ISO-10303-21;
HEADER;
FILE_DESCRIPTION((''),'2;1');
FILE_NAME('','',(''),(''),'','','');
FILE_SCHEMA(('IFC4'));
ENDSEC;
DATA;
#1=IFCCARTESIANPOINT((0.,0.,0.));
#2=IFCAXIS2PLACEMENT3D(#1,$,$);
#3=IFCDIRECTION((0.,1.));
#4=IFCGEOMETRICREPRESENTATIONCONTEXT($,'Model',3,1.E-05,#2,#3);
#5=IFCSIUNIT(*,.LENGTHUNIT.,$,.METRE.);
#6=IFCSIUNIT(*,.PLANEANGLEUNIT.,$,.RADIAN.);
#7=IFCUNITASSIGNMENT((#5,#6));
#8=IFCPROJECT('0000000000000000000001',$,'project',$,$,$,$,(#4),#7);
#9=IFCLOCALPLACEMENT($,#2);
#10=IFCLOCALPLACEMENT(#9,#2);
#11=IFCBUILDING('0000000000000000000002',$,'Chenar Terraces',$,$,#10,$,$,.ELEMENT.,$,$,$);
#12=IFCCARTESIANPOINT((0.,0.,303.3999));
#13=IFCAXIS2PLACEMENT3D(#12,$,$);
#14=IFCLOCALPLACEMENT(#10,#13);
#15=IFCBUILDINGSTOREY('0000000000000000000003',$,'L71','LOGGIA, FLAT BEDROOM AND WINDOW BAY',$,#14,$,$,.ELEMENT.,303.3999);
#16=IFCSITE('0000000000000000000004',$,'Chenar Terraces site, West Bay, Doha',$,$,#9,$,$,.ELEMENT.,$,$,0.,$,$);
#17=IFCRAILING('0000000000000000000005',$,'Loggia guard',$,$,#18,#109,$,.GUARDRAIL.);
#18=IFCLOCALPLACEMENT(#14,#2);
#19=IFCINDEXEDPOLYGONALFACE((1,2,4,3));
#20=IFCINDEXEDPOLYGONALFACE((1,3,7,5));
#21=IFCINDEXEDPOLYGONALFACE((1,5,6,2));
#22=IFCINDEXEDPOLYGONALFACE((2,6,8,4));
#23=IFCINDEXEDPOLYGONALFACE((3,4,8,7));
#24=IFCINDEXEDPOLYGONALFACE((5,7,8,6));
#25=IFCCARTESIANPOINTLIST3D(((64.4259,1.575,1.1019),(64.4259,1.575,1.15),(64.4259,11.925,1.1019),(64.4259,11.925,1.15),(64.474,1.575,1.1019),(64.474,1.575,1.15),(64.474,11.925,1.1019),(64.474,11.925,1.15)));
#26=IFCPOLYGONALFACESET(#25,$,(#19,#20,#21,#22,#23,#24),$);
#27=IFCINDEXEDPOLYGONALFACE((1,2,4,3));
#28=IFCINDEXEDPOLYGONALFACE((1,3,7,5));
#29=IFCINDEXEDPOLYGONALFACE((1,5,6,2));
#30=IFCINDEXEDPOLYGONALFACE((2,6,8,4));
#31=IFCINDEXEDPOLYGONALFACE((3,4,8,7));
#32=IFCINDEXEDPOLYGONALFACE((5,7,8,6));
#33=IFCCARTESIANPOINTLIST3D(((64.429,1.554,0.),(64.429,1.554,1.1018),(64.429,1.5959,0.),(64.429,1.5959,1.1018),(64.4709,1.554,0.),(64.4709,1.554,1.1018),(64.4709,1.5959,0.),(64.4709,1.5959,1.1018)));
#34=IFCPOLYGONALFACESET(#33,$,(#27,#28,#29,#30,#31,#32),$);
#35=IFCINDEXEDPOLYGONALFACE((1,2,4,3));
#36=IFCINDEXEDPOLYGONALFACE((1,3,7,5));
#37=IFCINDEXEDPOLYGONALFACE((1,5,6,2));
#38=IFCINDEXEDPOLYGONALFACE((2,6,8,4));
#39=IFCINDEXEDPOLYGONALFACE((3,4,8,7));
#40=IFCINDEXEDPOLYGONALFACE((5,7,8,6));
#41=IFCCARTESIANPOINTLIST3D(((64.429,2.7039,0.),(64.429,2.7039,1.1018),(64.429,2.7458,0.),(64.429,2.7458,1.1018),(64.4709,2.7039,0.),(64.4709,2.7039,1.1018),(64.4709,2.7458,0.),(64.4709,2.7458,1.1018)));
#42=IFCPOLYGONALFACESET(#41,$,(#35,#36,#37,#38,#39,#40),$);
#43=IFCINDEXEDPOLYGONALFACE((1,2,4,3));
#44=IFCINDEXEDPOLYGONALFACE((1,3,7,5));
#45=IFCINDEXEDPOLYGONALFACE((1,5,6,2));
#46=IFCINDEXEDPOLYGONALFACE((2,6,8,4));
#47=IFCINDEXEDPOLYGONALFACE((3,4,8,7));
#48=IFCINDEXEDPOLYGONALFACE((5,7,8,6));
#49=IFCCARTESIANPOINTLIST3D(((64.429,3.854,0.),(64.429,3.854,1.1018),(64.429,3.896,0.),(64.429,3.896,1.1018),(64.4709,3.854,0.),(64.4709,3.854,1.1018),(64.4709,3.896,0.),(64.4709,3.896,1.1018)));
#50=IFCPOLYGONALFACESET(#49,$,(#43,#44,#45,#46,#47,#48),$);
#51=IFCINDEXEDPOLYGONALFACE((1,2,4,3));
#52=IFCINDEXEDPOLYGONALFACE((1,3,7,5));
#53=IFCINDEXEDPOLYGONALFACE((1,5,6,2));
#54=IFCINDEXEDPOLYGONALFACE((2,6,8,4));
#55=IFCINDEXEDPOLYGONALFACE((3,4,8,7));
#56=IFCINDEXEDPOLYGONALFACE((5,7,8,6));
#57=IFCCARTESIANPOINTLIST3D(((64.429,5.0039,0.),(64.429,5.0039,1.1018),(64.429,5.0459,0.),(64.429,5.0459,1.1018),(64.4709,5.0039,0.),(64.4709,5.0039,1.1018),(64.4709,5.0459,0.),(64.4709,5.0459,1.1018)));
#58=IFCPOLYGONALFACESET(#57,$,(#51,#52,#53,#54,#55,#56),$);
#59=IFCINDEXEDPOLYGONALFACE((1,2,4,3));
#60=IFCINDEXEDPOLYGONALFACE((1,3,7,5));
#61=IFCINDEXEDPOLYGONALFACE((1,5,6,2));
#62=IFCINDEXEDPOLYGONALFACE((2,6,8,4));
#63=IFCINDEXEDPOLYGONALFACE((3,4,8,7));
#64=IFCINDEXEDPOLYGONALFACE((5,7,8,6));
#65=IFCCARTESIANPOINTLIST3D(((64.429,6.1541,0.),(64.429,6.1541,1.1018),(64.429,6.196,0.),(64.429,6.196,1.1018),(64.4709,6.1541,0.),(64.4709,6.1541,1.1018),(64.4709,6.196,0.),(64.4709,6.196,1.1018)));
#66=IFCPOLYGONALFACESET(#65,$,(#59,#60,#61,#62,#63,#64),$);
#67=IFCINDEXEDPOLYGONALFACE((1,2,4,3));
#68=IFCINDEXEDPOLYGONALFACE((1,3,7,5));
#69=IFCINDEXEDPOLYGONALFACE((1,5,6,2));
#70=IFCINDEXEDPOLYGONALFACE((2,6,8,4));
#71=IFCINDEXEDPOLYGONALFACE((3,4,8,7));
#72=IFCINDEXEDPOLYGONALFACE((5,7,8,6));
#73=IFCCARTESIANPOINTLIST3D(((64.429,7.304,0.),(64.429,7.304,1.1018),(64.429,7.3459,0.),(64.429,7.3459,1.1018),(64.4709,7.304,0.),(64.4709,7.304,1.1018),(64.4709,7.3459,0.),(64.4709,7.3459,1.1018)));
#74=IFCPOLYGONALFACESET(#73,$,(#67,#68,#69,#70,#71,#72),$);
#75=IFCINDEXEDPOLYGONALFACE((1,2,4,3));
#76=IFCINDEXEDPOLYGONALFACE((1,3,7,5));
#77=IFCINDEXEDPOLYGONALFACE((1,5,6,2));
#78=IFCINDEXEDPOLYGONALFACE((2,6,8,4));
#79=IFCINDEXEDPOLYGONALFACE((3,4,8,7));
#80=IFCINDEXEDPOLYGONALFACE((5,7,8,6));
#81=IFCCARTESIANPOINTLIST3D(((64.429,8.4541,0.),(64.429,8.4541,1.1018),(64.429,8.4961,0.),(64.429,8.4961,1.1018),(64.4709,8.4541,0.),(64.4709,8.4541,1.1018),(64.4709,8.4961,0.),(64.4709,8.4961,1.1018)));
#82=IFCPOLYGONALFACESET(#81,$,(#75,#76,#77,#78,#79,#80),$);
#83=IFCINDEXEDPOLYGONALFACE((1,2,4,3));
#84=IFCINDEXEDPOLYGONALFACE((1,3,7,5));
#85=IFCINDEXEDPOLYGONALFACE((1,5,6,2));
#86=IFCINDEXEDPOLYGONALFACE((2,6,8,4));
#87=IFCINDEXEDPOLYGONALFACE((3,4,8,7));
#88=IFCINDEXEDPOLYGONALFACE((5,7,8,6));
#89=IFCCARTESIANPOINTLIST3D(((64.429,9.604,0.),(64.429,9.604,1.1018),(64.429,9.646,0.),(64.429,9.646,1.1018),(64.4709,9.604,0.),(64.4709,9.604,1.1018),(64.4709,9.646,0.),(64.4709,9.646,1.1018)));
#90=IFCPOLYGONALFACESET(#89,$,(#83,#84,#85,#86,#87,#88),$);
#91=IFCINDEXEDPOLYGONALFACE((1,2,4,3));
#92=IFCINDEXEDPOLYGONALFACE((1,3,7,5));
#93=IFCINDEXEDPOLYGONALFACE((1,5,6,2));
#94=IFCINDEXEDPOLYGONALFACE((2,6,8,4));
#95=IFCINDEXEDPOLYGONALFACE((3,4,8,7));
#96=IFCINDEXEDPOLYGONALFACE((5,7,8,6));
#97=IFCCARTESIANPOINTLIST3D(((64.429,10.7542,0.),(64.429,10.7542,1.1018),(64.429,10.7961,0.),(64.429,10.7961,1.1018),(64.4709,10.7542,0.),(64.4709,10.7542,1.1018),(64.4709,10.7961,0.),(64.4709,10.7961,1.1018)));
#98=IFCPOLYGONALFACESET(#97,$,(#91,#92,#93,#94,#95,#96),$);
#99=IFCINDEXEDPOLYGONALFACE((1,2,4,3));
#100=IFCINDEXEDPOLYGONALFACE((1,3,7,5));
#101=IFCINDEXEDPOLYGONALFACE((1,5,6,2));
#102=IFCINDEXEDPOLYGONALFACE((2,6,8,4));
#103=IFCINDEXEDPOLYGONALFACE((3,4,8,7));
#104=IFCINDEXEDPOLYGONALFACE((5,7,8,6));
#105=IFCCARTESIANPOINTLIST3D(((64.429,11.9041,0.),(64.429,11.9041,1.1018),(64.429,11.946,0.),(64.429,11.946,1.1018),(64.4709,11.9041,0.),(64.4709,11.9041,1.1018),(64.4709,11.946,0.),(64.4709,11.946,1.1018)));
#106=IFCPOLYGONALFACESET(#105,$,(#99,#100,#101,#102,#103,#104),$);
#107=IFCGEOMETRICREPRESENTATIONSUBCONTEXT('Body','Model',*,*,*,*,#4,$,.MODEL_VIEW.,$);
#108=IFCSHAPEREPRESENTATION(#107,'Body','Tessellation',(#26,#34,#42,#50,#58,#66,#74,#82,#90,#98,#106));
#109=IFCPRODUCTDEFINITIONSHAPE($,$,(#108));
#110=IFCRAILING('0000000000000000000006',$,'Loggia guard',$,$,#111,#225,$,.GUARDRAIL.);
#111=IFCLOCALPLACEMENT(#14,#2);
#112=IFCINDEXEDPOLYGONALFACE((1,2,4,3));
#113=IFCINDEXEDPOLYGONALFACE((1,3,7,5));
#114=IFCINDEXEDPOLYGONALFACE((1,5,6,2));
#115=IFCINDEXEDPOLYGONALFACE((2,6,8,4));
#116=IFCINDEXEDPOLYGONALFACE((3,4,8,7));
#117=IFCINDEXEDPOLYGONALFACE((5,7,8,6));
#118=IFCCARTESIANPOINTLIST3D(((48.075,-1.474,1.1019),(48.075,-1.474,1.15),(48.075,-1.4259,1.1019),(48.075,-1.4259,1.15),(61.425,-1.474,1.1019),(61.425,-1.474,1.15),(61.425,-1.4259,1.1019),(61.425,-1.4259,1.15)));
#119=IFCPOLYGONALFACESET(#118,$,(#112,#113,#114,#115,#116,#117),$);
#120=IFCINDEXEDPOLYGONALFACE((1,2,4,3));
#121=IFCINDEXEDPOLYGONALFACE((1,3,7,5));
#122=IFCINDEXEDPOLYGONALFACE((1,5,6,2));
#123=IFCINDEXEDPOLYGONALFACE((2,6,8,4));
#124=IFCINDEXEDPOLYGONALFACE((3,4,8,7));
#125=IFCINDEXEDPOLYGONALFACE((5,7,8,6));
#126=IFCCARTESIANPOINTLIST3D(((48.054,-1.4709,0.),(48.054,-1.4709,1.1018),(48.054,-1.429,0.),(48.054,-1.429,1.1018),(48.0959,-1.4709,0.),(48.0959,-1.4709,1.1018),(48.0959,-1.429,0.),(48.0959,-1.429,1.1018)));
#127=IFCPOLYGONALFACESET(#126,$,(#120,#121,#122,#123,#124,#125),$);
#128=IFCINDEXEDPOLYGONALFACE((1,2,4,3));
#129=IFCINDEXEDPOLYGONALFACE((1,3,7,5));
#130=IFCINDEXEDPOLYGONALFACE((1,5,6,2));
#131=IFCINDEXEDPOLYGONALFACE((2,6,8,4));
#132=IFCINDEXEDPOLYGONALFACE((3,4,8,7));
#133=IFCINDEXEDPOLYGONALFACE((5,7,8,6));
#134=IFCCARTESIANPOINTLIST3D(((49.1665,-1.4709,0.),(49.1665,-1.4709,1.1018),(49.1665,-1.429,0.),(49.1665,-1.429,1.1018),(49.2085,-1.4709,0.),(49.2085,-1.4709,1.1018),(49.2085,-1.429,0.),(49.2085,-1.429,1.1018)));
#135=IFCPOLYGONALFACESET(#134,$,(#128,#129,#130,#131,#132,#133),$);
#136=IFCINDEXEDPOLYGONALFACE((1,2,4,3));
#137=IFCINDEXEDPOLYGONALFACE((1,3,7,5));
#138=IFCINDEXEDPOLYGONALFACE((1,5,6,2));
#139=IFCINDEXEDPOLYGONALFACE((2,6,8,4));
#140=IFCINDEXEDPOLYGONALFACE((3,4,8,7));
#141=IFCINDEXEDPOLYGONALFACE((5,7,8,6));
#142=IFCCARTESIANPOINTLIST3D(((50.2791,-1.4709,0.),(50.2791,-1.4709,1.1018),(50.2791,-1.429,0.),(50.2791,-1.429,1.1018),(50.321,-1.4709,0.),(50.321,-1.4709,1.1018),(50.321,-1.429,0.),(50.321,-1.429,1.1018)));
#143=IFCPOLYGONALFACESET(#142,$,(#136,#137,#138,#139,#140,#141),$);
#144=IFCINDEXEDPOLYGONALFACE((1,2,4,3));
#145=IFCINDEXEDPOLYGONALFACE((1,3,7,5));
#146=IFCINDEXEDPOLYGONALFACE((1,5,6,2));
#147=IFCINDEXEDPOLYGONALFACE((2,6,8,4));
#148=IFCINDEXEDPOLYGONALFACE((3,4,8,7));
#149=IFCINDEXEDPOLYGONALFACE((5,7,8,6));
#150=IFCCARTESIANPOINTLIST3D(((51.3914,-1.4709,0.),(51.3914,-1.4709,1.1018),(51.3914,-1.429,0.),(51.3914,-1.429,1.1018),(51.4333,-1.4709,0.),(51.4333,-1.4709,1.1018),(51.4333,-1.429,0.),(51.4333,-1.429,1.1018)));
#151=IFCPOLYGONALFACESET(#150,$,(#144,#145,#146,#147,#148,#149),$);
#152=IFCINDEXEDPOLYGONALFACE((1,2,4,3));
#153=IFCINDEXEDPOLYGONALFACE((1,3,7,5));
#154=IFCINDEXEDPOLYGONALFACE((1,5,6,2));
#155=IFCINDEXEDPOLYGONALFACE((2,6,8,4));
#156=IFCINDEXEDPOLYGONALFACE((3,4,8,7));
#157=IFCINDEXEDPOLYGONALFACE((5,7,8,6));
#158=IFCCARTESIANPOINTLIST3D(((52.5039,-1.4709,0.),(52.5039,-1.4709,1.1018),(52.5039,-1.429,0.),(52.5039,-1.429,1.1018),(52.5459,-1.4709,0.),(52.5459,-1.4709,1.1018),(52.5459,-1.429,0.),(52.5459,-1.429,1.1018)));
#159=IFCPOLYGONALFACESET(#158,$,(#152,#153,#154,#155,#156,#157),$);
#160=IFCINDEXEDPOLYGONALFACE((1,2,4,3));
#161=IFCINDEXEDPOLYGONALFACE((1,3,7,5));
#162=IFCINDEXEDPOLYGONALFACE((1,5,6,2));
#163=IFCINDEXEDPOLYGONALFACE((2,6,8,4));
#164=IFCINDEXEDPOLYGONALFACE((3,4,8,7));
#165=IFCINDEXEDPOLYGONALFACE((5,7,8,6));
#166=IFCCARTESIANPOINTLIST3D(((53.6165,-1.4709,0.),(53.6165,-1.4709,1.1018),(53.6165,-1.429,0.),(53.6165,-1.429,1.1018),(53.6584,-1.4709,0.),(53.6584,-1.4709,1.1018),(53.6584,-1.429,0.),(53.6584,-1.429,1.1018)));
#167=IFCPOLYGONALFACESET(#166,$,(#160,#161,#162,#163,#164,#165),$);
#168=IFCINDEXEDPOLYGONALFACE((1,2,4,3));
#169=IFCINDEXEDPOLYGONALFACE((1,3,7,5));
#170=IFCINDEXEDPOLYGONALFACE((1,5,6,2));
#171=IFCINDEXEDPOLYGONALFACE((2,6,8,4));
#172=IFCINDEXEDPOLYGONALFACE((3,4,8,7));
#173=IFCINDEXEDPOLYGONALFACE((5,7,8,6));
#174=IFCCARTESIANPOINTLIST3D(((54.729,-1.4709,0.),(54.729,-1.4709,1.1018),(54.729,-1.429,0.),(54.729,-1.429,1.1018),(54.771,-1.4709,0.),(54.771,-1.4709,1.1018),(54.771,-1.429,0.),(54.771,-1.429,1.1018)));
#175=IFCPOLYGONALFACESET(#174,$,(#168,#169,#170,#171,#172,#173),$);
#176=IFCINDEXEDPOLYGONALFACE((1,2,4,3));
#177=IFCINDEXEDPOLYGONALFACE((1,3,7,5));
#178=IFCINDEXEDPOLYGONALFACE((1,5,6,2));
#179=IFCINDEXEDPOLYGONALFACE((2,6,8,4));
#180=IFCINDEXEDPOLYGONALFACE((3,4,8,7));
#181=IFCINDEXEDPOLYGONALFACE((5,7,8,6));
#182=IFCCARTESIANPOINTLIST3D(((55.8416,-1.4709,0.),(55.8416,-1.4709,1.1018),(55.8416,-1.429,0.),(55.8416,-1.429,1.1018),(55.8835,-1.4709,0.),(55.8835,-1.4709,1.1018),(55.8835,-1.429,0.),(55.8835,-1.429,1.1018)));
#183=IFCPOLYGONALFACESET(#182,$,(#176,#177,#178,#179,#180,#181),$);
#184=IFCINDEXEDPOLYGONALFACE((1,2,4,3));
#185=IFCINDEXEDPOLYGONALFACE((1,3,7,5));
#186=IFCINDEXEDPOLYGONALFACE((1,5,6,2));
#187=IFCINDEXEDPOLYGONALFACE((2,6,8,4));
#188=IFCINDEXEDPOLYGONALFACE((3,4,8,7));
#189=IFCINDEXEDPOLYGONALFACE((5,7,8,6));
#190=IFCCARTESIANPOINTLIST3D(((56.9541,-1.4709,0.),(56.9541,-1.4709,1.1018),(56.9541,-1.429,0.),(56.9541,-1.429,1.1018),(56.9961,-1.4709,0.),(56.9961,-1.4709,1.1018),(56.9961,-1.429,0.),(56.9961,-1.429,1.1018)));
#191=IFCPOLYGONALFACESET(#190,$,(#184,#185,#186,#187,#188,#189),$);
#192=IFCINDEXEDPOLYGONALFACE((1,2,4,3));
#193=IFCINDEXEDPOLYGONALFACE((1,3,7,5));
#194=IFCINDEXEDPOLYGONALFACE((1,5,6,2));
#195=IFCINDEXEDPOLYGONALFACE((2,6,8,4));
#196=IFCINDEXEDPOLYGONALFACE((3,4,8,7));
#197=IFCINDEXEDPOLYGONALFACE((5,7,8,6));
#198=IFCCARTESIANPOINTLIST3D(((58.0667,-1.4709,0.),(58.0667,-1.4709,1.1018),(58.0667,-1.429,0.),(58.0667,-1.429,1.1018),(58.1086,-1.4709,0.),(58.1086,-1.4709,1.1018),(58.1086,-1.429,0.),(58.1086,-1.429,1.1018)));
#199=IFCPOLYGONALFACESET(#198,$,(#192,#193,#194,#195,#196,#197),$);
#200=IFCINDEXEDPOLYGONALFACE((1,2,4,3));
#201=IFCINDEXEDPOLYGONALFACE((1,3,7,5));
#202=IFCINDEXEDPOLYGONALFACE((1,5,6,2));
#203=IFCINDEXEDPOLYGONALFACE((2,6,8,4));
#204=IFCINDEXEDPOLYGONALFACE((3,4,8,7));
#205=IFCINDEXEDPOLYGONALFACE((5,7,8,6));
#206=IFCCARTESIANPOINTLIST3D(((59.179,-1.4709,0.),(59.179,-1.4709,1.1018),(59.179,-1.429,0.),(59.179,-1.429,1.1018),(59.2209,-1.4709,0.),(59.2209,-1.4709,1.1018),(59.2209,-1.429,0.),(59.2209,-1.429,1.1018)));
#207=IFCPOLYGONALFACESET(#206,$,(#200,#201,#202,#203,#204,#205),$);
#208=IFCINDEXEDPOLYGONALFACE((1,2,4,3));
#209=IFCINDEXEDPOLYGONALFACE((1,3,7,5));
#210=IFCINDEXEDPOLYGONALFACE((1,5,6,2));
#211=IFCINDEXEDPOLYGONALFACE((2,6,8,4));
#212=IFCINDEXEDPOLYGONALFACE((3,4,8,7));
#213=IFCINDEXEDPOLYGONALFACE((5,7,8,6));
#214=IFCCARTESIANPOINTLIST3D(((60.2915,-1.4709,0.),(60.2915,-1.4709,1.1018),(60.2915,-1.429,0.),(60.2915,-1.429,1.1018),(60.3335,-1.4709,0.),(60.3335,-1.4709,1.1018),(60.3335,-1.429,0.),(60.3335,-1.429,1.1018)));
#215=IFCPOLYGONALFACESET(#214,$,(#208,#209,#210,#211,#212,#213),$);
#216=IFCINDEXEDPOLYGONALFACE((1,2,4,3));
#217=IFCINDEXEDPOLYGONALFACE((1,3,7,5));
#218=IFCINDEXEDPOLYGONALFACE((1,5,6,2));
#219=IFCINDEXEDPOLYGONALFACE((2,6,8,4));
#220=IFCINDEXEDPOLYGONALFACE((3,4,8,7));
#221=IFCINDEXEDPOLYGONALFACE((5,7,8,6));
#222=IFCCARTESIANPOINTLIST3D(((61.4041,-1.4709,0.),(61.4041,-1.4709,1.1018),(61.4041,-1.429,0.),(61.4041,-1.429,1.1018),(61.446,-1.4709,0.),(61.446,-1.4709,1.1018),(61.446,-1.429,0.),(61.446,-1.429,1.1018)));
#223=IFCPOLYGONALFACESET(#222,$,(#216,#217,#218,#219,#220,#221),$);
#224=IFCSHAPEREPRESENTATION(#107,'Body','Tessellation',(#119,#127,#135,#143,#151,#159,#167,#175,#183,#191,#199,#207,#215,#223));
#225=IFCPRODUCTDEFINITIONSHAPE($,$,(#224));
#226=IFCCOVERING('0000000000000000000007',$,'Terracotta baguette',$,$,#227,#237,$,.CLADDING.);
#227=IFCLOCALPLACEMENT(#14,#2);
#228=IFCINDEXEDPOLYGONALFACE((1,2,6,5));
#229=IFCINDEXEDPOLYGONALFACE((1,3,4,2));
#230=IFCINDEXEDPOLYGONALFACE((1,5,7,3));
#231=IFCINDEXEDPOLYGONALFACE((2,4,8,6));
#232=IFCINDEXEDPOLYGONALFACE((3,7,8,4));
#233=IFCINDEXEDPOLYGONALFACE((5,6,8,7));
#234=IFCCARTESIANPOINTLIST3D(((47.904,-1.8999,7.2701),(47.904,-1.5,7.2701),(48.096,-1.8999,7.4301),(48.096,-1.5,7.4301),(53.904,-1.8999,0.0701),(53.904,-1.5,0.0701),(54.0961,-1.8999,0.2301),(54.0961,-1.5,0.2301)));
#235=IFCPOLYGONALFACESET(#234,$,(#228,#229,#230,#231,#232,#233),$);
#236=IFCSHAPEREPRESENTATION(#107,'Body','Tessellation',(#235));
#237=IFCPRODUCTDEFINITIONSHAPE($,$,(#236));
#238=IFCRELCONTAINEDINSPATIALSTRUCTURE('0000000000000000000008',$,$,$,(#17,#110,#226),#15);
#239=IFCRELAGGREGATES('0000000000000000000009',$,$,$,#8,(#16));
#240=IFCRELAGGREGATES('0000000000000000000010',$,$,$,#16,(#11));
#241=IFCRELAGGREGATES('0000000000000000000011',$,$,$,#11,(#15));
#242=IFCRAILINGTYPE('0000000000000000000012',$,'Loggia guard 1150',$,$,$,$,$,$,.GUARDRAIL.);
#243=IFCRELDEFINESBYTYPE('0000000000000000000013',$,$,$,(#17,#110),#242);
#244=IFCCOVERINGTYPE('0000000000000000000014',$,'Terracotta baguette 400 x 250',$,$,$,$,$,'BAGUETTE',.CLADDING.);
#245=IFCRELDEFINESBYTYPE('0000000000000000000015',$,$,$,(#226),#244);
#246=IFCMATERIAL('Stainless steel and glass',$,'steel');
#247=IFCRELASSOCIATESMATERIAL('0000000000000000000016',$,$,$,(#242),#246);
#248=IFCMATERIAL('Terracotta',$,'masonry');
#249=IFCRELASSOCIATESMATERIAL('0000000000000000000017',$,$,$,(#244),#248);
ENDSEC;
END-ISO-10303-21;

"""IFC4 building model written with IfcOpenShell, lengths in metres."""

from ifc_helpers import new_model, si_unit, direction, frame, origin, origin_2d, place, context, subcontext, project, spatial, rectangle, extrude, material, material_profile, profile_set, type_object, element, save


model = new_model("IFC4")

# Units and contexts
model_context = context("Model", 3, precision=1e-05, world=origin(), true_north=direction((0.0, 1.0)))
body_context = subcontext(model_context, "Body", "Model", "MODEL_VIEW")
ifc_project = project(units=[si_unit("LENGTHUNIT", "METRE"), si_unit("PLANEANGLEUNIT", "RADIAN")], contexts=[model_context])

# Site, building, storey
site_placement = place(None, origin())
site = spatial("IfcSite", under=ifc_project, at=site_placement, Name="Chenar Terraces site, West Bay, Doha", CompositionType="ELEMENT", RefElevation=0.0)
building_placement = place(site_placement, origin())
building = spatial("IfcBuilding", under=site, at=building_placement, Name="Chenar Terraces", CompositionType="ELEMENT")
storey_placement = place(building_placement, frame((0.0, 0.0, 303.3999)))
storey = spatial("IfcBuildingStorey", under=building, at=storey_placement, Name="L71", Description="LOGGIA, FLAT BEDROOM AND WINDOW BAY", CompositionType="ELEMENT", Elevation=303.3999)

# Railings
ifc_material_1 = material(Name="Stainless steel and glass", Category="steel")
railing_type = type_object("IfcRailingType", Name="Loggia guard 1150", PredefinedType="GUARDRAIL", material=ifc_material_1)
railing_1_placement = place(storey_placement, frame((64.45, 1.575, 0.0)))
element("IfcRailing", 1, at=railing_1_placement, inside=storey, type_object=railing_type, Name="Loggia guard", PredefinedType="GUARDRAIL", context=body_context, shape_type="SweptSolid", body=[
    extrude(rectangle(XDim=0.0481, YDim=0.0481, at=origin_2d()), frame((0.0, 0.0, 1.126), z_axis=(0.0, 1.0, 0.0), x_axis=(-1.0, 0.0, 0.0)), (0.0, 0.0, 1.0), 10.3501),
    extrude(rectangle(XDim=0.042, YDim=0.042, at=origin_2d()), origin(), (0.0, 0.0, 1.0), 1.1018),
    extrude(rectangle(XDim=0.042, YDim=0.042, at=origin_2d()), frame((0.0, 1.1499, 0.0)), (0.0, 0.0, 1.0), 1.1018),
    extrude(rectangle(XDim=0.042, YDim=0.042, at=origin_2d()), frame((0.0, 2.3, 0.0)), (0.0, 0.0, 1.0), 1.1018),
    extrude(rectangle(XDim=0.042, YDim=0.042, at=origin_2d()), frame((0.0, 3.45, 0.0)), (0.0, 0.0, 1.0), 1.1018),
    extrude(rectangle(XDim=0.042, YDim=0.042, at=origin_2d()), frame((0.0, 4.6001, 0.0)), (0.0, 0.0, 1.0), 1.1018),
    extrude(rectangle(XDim=0.042, YDim=0.042, at=origin_2d()), frame((0.0, 5.75, 0.0)), (0.0, 0.0, 1.0), 1.1018),
    extrude(rectangle(XDim=0.042, YDim=0.042, at=origin_2d()), frame((0.0, 6.9001, 0.0)), (0.0, 0.0, 1.0), 1.1018),
    extrude(rectangle(XDim=0.042, YDim=0.042, at=origin_2d()), frame((0.0, 8.05, 0.0)), (0.0, 0.0, 1.0), 1.1018),
    extrude(rectangle(XDim=0.042, YDim=0.042, at=origin_2d()), frame((0.0, 9.2002, 0.0)), (0.0, 0.0, 1.0), 1.1018),
    extrude(rectangle(XDim=0.042, YDim=0.042, at=origin_2d()), frame((0.0, 10.3501, 0.0)), (0.0, 0.0, 1.0), 1.1018),
])
railing_2_placement = place(storey_placement, frame((48.075, -1.45, 0.0)))
element("IfcRailing", 2, at=railing_2_placement, inside=storey, type_object=railing_type, Name="Loggia guard", PredefinedType="GUARDRAIL", context=body_context, shape_type="SweptSolid", body=[
    extrude(rectangle(XDim=0.0481, YDim=0.0481, at=origin_2d()), frame((0.0, 0.0, 1.126), z_axis=(1.0, 0.0, 0.0), x_axis=(0.0, 1.0, 0.0)), (0.0, 0.0, 1.0), 13.3501),
    extrude(rectangle(XDim=0.042, YDim=0.042, at=origin_2d()), origin(), (0.0, 0.0, 1.0), 1.1018),
    extrude(rectangle(XDim=0.042, YDim=0.042, at=origin_2d()), frame((1.1125, 0.0, 0.0)), (0.0, 0.0, 1.0), 1.1018),
    extrude(rectangle(XDim=0.042, YDim=0.042, at=origin_2d()), frame((2.2251, 0.0, 0.0)), (0.0, 0.0, 1.0), 1.1018),
    extrude(rectangle(XDim=0.042, YDim=0.042, at=origin_2d()), frame((3.3374, 0.0, 0.0)), (0.0, 0.0, 1.0), 1.1018),
    extrude(rectangle(XDim=0.042, YDim=0.042, at=origin_2d()), frame((4.45, 0.0, 0.0)), (0.0, 0.0, 1.0), 1.1018),
    extrude(rectangle(XDim=0.042, YDim=0.042, at=origin_2d()), frame((5.5625, 0.0, 0.0)), (0.0, 0.0, 1.0), 1.1018),
    extrude(rectangle(XDim=0.042, YDim=0.042, at=origin_2d()), frame((6.675, 0.0, 0.0)), (0.0, 0.0, 1.0), 1.1018),
    extrude(rectangle(XDim=0.042, YDim=0.042, at=origin_2d()), frame((7.7876, 0.0, 0.0)), (0.0, 0.0, 1.0), 1.1018),
    extrude(rectangle(XDim=0.042, YDim=0.042, at=origin_2d()), frame((8.9001, 0.0, 0.0)), (0.0, 0.0, 1.0), 1.1018),
    extrude(rectangle(XDim=0.042, YDim=0.042, at=origin_2d()), frame((10.0127, 0.0, 0.0)), (0.0, 0.0, 1.0), 1.1018),
    extrude(rectangle(XDim=0.042, YDim=0.042, at=origin_2d()), frame((11.125, 0.0, 0.0)), (0.0, 0.0, 1.0), 1.1018),
    extrude(rectangle(XDim=0.042, YDim=0.042, at=origin_2d()), frame((12.2375, 0.0, 0.0)), (0.0, 0.0, 1.0), 1.1018),
    extrude(rectangle(XDim=0.042, YDim=0.042, at=origin_2d()), frame((13.3501, 0.0, 0.0)), (0.0, 0.0, 1.0), 1.1018),
])

# Covering
ifc_material_2 = material(Name="Terracotta", Category="masonry")
ifc_material_profile_1 = material_profile(ifc_material_2, rectangle(XDim=0.3999, YDim=0.25, at=origin_2d()), Name="Terracotta baguette 400 x 250")
ifc_profile_set_1 = profile_set([ifc_material_profile_1], Name="Terracotta")
covering_type = type_object("IfcCoveringType", Name="Terracotta baguette 400 x 250", ElementType="BAGUETTE", PredefinedType="CLADDING", material=ifc_profile_set_1)
for number, where, z_axis, x_axis, name in (
    (3, (48.0, -1.7, 7.3501), (0.640187, 0.0, -0.768219), (0.0, 1.0, 0.0), "Terracotta baguette"),
):
    element("IfcCovering", number, at=place(storey_placement, frame(where, z_axis=z_axis, x_axis=x_axis)), inside=storey, type_object=covering_type, Name=name, PredefinedType="CLADDING", context=body_context, shape_type="SweptSolid", body=[
        extrude(rectangle(XDim=0.3999, YDim=0.25, at=origin_2d()), origin(), (0.0, 0.0, 1.0), 9.3723),
    ])

save(model, "model.ifc")
